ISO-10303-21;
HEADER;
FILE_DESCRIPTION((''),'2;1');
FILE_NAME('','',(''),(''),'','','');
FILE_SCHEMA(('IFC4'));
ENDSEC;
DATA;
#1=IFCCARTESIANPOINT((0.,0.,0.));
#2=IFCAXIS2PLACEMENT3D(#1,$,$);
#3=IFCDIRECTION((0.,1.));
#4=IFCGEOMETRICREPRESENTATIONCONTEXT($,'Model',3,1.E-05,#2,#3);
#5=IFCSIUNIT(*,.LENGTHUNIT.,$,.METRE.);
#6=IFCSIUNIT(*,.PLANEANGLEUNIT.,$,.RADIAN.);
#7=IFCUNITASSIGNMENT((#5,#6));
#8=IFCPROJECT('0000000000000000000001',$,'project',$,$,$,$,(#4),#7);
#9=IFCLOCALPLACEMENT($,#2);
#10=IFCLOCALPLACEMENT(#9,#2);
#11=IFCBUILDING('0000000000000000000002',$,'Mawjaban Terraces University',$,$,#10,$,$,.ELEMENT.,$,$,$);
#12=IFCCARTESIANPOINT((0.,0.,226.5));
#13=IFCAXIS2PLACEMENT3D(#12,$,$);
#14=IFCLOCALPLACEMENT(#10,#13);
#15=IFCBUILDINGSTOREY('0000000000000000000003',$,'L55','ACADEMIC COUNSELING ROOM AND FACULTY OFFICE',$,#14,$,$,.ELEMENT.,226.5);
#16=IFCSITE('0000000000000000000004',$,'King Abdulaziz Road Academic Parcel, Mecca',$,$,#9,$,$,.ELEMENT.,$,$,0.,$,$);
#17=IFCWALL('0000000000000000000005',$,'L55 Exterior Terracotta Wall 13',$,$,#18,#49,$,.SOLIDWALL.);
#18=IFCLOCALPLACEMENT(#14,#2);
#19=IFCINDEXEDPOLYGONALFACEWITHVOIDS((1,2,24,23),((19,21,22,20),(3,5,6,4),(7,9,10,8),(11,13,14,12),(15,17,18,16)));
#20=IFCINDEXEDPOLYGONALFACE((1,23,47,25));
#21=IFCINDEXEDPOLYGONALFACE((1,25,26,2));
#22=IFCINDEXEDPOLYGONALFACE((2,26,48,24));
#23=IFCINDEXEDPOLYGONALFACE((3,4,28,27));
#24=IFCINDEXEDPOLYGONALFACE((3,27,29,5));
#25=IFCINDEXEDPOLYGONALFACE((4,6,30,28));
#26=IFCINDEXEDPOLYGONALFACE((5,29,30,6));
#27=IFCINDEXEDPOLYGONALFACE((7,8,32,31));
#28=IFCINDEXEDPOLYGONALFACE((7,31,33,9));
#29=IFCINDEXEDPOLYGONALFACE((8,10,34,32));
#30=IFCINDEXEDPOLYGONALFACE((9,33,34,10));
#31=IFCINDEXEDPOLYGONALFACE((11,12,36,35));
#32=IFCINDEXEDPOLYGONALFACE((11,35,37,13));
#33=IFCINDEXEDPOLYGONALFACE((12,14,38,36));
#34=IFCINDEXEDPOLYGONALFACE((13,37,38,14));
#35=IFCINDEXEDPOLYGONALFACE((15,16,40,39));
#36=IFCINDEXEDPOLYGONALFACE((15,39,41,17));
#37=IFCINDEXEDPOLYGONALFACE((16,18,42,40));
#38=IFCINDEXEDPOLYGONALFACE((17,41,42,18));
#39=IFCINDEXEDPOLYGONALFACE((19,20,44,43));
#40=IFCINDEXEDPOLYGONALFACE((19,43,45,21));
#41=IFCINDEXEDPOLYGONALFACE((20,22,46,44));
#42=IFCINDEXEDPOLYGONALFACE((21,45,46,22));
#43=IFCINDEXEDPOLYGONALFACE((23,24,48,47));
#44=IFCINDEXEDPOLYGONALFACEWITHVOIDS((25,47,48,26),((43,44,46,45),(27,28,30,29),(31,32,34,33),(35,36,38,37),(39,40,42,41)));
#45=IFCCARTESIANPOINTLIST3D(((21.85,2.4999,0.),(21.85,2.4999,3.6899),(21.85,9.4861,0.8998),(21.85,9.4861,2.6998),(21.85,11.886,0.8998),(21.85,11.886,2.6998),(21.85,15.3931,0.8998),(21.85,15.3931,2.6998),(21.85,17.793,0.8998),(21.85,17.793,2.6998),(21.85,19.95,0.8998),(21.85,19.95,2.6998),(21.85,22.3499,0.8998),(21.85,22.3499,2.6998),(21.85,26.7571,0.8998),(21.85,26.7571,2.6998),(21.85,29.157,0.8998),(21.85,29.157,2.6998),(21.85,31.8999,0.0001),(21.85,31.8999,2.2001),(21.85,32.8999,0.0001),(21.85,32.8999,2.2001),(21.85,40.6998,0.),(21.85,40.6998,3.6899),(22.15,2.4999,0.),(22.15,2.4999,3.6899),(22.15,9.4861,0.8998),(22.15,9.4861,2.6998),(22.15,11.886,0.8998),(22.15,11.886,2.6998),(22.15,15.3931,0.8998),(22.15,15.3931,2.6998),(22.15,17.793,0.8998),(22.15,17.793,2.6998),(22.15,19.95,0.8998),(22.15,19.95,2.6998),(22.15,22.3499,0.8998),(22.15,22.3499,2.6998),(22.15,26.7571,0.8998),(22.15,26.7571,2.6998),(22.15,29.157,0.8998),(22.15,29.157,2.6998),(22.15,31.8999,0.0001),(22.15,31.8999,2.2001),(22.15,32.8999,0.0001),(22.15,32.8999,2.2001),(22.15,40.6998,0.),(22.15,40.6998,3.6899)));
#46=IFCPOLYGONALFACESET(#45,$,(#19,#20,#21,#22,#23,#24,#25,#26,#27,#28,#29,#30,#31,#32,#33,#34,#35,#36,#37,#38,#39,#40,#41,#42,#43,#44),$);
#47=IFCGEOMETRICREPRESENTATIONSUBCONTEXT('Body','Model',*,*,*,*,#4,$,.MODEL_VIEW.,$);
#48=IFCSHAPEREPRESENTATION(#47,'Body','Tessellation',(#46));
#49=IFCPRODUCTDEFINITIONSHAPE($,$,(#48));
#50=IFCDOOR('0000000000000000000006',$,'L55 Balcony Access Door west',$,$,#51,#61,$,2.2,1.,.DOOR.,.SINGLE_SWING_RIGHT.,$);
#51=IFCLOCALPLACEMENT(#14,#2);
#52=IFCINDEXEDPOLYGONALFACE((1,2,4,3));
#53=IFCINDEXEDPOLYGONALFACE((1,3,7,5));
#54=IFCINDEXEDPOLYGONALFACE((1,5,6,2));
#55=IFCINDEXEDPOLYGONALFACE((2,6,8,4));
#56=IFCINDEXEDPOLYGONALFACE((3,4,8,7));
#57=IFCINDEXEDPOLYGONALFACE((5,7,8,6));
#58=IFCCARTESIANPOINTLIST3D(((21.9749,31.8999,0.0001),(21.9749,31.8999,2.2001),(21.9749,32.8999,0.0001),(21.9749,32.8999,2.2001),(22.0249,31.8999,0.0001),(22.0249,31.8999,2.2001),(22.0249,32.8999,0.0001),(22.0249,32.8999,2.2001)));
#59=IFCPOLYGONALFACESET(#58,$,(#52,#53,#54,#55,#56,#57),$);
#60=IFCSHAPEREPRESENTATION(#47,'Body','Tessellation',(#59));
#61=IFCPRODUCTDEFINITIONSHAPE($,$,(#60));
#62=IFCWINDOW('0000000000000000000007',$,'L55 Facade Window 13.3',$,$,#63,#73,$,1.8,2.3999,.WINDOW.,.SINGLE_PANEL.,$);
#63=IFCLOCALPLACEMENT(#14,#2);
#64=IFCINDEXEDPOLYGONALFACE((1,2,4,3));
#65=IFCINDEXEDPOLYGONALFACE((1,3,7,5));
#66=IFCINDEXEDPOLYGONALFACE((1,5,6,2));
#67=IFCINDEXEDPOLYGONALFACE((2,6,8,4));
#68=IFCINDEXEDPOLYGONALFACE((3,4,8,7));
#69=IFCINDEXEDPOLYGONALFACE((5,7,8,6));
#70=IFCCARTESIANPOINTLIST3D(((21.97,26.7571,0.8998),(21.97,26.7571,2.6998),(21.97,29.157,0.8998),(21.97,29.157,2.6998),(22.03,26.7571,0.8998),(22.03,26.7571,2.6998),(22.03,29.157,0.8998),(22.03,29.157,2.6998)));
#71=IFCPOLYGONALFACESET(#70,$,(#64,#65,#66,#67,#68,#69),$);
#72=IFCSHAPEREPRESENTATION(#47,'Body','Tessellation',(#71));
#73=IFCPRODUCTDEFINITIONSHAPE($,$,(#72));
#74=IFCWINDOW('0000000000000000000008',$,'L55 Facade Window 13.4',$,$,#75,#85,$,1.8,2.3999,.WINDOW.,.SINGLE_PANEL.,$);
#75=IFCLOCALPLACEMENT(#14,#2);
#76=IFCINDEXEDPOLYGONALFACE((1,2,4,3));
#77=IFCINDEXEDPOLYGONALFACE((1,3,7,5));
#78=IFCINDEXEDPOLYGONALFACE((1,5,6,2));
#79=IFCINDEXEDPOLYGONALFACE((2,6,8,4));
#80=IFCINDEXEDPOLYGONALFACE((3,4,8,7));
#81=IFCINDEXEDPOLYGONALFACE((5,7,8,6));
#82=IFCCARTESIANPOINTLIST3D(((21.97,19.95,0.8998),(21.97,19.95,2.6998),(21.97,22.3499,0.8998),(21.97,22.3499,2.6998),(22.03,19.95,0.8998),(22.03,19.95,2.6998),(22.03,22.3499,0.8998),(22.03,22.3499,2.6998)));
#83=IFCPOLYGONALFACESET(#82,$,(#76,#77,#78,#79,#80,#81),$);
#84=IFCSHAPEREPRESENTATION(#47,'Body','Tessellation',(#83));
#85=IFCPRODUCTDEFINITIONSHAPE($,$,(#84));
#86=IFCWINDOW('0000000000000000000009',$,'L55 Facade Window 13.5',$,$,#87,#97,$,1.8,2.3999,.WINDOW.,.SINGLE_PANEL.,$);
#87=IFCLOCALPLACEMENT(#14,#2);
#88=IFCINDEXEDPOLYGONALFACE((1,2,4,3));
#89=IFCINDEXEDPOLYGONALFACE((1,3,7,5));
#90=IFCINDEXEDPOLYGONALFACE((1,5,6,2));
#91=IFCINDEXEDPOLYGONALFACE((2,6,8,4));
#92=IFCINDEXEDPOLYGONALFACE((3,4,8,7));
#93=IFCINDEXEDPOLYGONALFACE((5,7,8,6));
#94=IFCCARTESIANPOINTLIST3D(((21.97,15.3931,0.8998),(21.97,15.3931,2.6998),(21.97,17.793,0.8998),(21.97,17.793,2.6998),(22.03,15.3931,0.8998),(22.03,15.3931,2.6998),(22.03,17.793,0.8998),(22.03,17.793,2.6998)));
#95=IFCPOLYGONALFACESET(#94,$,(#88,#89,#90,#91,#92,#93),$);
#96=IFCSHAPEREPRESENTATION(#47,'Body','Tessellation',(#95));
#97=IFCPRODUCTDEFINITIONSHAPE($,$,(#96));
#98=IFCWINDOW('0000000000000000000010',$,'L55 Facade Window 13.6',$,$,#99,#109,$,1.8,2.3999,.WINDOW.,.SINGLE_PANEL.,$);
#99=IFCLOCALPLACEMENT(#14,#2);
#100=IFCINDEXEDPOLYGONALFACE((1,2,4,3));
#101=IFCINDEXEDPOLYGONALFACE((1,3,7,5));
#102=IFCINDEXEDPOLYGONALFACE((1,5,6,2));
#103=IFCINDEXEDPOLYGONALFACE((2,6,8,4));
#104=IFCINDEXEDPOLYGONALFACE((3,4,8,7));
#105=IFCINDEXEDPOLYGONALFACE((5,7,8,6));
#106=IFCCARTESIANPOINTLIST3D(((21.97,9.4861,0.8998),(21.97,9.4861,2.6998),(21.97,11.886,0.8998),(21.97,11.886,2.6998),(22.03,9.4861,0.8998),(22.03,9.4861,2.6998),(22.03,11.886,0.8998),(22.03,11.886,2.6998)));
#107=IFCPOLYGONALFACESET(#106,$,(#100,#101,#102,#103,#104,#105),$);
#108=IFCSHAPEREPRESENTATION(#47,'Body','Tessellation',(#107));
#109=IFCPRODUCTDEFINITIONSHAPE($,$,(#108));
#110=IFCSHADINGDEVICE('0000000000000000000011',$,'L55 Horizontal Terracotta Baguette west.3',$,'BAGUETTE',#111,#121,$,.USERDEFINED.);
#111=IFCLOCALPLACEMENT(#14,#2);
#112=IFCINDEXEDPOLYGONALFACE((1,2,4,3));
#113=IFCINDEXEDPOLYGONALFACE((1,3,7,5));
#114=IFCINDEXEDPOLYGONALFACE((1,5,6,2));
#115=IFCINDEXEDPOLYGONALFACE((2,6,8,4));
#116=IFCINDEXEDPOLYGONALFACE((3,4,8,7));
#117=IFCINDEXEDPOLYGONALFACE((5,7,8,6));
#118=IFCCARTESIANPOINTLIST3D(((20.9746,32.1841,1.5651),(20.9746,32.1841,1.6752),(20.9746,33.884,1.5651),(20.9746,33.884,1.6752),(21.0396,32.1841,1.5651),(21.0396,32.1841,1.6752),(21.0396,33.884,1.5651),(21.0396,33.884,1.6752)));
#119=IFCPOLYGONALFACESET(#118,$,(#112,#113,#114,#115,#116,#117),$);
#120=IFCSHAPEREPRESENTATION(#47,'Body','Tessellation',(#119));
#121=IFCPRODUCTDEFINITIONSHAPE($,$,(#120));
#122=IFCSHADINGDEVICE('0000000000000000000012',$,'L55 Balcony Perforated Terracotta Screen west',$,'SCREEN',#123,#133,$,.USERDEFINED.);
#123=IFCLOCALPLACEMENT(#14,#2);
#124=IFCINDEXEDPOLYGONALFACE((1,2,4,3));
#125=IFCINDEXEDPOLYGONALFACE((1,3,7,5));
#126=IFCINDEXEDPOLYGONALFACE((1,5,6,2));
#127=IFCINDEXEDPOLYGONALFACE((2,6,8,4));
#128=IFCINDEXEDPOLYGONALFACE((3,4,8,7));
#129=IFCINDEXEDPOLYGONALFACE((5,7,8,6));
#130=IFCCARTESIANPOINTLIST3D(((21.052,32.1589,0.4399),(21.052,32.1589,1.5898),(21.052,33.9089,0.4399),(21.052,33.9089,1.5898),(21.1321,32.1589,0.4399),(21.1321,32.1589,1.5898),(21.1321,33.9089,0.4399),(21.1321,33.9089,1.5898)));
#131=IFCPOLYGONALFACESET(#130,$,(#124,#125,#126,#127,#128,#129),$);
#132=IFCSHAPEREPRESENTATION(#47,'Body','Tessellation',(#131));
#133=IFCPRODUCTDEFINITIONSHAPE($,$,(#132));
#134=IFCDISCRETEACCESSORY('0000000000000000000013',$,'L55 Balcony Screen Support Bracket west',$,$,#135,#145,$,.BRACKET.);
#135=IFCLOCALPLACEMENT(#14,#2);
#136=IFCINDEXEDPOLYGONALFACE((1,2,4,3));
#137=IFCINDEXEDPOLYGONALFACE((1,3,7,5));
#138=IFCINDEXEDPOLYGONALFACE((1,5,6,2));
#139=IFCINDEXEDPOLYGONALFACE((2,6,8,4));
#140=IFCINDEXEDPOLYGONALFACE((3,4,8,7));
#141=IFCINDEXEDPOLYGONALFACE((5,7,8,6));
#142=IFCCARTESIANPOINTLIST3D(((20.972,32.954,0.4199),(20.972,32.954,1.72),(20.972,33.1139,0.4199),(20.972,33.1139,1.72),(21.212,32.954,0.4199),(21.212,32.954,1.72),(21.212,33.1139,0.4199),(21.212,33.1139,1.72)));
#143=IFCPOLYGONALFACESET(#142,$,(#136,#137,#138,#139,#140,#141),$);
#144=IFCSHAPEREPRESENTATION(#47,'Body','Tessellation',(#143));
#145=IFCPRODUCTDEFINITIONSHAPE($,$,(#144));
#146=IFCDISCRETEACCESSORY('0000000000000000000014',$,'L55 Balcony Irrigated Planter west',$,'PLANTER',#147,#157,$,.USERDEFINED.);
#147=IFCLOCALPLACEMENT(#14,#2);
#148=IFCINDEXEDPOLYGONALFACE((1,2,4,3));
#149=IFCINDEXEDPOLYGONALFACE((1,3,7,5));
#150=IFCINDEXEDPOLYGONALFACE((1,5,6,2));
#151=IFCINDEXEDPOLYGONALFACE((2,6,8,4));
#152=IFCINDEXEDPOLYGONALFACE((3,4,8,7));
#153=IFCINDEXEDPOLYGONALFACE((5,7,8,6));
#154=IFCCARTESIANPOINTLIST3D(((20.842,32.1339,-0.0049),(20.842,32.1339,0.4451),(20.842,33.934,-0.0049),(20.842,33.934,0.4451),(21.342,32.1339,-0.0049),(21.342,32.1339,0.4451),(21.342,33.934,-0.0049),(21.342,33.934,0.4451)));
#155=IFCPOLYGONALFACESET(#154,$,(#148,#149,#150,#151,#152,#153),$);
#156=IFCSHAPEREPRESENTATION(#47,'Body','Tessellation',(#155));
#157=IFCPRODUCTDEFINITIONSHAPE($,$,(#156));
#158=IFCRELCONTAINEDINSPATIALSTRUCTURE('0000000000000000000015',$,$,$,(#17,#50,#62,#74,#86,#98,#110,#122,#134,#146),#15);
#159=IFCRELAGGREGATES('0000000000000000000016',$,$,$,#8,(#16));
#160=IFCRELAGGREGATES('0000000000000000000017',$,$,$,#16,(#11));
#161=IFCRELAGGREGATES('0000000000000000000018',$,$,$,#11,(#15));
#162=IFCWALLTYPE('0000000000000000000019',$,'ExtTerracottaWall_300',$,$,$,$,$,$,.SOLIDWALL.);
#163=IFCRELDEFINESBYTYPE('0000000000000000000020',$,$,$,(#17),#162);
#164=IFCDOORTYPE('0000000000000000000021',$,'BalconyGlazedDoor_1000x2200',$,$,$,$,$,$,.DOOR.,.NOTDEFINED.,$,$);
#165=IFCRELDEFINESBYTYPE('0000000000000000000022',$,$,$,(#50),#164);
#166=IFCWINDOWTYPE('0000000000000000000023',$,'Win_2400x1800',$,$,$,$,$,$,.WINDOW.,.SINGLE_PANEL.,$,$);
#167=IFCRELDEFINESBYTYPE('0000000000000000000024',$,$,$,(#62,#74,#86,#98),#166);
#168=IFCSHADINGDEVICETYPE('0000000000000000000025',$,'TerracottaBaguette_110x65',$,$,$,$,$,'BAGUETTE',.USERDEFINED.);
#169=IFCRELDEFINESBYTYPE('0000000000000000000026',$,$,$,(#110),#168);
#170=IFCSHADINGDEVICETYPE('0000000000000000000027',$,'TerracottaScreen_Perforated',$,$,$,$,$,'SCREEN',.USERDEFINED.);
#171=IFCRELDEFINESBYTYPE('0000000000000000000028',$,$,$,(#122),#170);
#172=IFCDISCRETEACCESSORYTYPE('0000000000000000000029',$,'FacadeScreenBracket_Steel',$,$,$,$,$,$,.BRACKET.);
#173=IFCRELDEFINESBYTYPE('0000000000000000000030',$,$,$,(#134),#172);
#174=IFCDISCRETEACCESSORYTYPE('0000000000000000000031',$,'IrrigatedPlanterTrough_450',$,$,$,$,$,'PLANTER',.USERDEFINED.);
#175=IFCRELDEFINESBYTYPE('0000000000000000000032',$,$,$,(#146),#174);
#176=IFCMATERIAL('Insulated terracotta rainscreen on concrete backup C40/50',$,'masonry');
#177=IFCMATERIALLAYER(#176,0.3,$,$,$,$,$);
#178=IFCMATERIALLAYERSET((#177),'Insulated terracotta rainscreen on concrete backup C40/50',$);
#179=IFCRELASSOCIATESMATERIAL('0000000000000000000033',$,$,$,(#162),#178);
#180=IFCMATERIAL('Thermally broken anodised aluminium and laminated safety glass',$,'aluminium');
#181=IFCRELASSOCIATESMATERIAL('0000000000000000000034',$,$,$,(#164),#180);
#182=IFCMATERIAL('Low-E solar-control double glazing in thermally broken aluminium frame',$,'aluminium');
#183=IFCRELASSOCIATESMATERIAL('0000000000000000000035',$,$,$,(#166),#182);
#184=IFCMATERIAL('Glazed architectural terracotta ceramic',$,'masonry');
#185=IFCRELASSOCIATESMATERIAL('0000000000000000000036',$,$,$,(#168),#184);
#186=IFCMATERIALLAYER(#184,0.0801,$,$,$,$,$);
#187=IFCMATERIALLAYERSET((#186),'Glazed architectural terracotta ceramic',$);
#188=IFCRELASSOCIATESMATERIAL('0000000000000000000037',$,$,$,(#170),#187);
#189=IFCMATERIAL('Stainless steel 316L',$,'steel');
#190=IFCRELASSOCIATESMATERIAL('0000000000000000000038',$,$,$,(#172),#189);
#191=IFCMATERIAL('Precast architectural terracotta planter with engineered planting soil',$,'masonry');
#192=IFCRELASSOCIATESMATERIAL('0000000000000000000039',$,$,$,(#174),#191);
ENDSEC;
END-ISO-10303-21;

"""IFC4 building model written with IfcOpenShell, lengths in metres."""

from ifc_helpers import new_model, si_unit, direction, frame, frame_2d, origin, origin_2d, place, context, subcontext, project, spatial, rectangle, extrude, material, layer, layer_set, material_profile, profile_set, type_object, element, fill, save


model = new_model("IFC4")

# Units and contexts
model_context = context("Model", 3, precision=1e-05, world=origin(), true_north=direction((0.0, 1.0)))
body_context = subcontext(model_context, "Body", "Model", "MODEL_VIEW")
ifc_project = project(units=[si_unit("LENGTHUNIT", "METRE"), si_unit("PLANEANGLEUNIT", "RADIAN")], contexts=[model_context])

# Site, building, storey
site_placement = place(None, origin())
site = spatial("IfcSite", under=ifc_project, at=site_placement, Name="King Abdulaziz Road Academic Parcel, Mecca", CompositionType="ELEMENT", RefElevation=0.0)
building_placement = place(site_placement, origin())
building = spatial("IfcBuilding", under=site, at=building_placement, Name="Mawjaban Terraces University", CompositionType="ELEMENT")
storey_placement = place(building_placement, frame((0.0, 0.0, 226.5)))
storey = spatial("IfcBuildingStorey", under=building, at=storey_placement, Name="L55", Description="ACADEMIC COUNSELING ROOM AND FACULTY OFFICE", CompositionType="ELEMENT", Elevation=226.5)

# Shared definitions
ifc_material_1 = material(Name="Insulated terracotta rainscreen on concrete backup C40/50", Category="masonry")
ifc_layer_1 = layer(ifc_material_1, 0.3)
ifc_layer_set_1 = layer_set([ifc_layer_1], Name="Insulated terracotta rainscreen on concrete backup C40/50")
wall_type_1 = type_object("IfcWallType", Name="ExtTerracottaWall_300", PredefinedType="SOLIDWALL", material=ifc_layer_set_1)

# Wall, openings, door, windows
wall_1_placement = place(storey_placement, frame((22.0, 40.7, 0.0), z_axis=(0.0, 0.0, 1.0), x_axis=(0.0, -1.0, 0.0)))
wall_1 = element("IfcWall", 1, at=wall_1_placement, inside=storey, type_object=wall_type_1, Name="L55 Exterior Terracotta Wall 13", PredefinedType="SOLIDWALL", context=body_context, shape_type="SweptSolid", body=[
    extrude(rectangle(XDim=38.2, YDim=0.3, at=frame_2d((19.1001, 0.0))), origin(), (0.0, 0.0, 1.0), 3.6899),
])
opening_1_placement = place(wall_1_placement, frame((7.8, 0.0, 0.0)))
opening_1 = element("IfcOpeningElement", 2, at=opening_1_placement, cuts=wall_1, PredefinedType="OPENING", context=body_context, shape_type="SweptSolid", body=[
    extrude(rectangle(XDim=1.0, YDim=2.2, at=frame_2d((0.5, 1.1001))), frame((0.0, 0.1599, 0.0), z_axis=(0.0, -1.0, 0.0), x_axis=(1.0, 0.0, 0.0)), (0.0, 0.0, 1.0), 0.3201),
])
opening_2_placement = place(wall_1_placement, frame((11.543, 0.0, 0.8999)))
opening_2 = element("IfcOpeningElement", 3, at=opening_2_placement, cuts=wall_1, PredefinedType="OPENING", context=body_context, shape_type="SweptSolid", body=[
    extrude(rectangle(XDim=2.3999, YDim=1.8, at=frame_2d((1.2, 0.8999))), frame((0.0, 0.1599, 0.0), z_axis=(0.0, -1.0, 0.0), x_axis=(1.0, 0.0, 0.0)), (0.0, 0.0, 1.0), 0.3201),
])
opening_3_placement = place(wall_1_placement, frame((18.3501, 0.0, 0.8999)))
opening_3 = element("IfcOpeningElement", 4, at=opening_3_placement, cuts=wall_1, PredefinedType="OPENING", context=body_context, shape_type="SweptSolid", body=[
    extrude(rectangle(XDim=2.3999, YDim=1.8, at=frame_2d((1.2, 0.8999))), frame((0.0, 0.1599, 0.0), z_axis=(0.0, -1.0, 0.0), x_axis=(1.0, 0.0, 0.0)), (0.0, 0.0, 1.0), 0.3201),
])
opening_4_placement = place(wall_1_placement, frame((22.907, 0.0, 0.8999)))
opening_4 = element("IfcOpeningElement", 5, at=opening_4_placement, cuts=wall_1, PredefinedType="OPENING", context=body_context, shape_type="SweptSolid", body=[
    extrude(rectangle(XDim=2.3999, YDim=1.8, at=frame_2d((1.2, 0.8999))), frame((0.0, 0.1599, 0.0), z_axis=(0.0, -1.0, 0.0), x_axis=(1.0, 0.0, 0.0)), (0.0, 0.0, 1.0), 0.3201),
])
opening_5_placement = place(wall_1_placement, frame((28.814, 0.0, 0.8999)))
opening_5 = element("IfcOpeningElement", 6, at=opening_5_placement, cuts=wall_1, PredefinedType="OPENING", context=body_context, shape_type="SweptSolid", body=[
    extrude(rectangle(XDim=2.3999, YDim=1.8, at=frame_2d((1.2, 0.8999))), frame((0.0, 0.1599, 0.0), z_axis=(0.0, -1.0, 0.0), x_axis=(1.0, 0.0, 0.0)), (0.0, 0.0, 1.0), 0.3201),
])
ifc_material_2 = material(Name="Thermally broken anodised aluminium and laminated safety glass", Category="aluminium")
door_type_1 = type_object("IfcDoorType", Name="BalconyGlazedDoor_1000x2200", OperationType="NOTDEFINED", PredefinedType="DOOR", material=ifc_material_2)
door_1_placement = place(opening_1_placement, origin())
door_1 = element("IfcDoor", 7, at=door_1_placement, inside=storey, type_object=door_type_1, Name="L55 Balcony Access Door west", OperationType="SINGLE_SWING_RIGHT", OverallHeight=2.2, OverallWidth=1.0, PredefinedType="DOOR", context=body_context, shape_type="SweptSolid", body=[
    extrude(rectangle(XDim=1.0, YDim=2.2, at=frame_2d((0.5, 1.1001))), frame((0.0, 0.0249, 0.0), z_axis=(0.0, -1.0, 0.0), x_axis=(1.0, 0.0, 0.0)), (0.0, 0.0, 1.0), 0.05),
])
fill(opening_1, door_1)
ifc_material_3 = material(Name="Low-E solar-control double glazing in thermally broken aluminium frame", Category="aluminium")
window_type = type_object("IfcWindowType", Name="Win_2400x1800", PartitioningType="SINGLE_PANEL", PredefinedType="WINDOW", material=ifc_material_3)
window_1_placement = place(opening_2_placement, origin())
window_1 = element("IfcWindow", 8, at=window_1_placement, inside=storey, type_object=window_type, Name="L55 Facade Window 13.3", OverallHeight=1.8, OverallWidth=2.3999, PartitioningType="SINGLE_PANEL", PredefinedType="WINDOW", context=body_context, shape_type="SweptSolid", body=[
    extrude(rectangle(XDim=2.3999, YDim=1.8, at=frame_2d((1.2, 0.8999))), frame((0.0, 0.03, 0.0), z_axis=(0.0, -1.0, 0.0), x_axis=(1.0, 0.0, 0.0)), (0.0, 0.0, 1.0), 0.0601),
])
fill(opening_2, window_1)
window_2_placement = place(opening_3_placement, origin())
window_2 = element("IfcWindow", 9, at=window_2_placement, inside=storey, type_object=window_type, Name="L55 Facade Window 13.4", OverallHeight=1.8, OverallWidth=2.3999, PartitioningType="SINGLE_PANEL", PredefinedType="WINDOW", context=body_context, shape_type="SweptSolid", body=[
    extrude(rectangle(XDim=2.3999, YDim=1.8, at=frame_2d((1.2, 0.8999))), frame((0.0, 0.03, 0.0), z_axis=(0.0, -1.0, 0.0), x_axis=(1.0, 0.0, 0.0)), (0.0, 0.0, 1.0), 0.0601),
])
fill(opening_3, window_2)
window_3_placement = place(opening_4_placement, origin())
window_3 = element("IfcWindow", 10, at=window_3_placement, inside=storey, type_object=window_type, Name="L55 Facade Window 13.5", OverallHeight=1.8, OverallWidth=2.3999, PartitioningType="SINGLE_PANEL", PredefinedType="WINDOW", context=body_context, shape_type="SweptSolid", body=[
    extrude(rectangle(XDim=2.3999, YDim=1.8, at=frame_2d((1.2, 0.8999))), frame((0.0, 0.03, 0.0), z_axis=(0.0, -1.0, 0.0), x_axis=(1.0, 0.0, 0.0)), (0.0, 0.0, 1.0), 0.0601),
])
fill(opening_4, window_3)
window_4_placement = place(opening_5_placement, origin())
window_4 = element("IfcWindow", 11, at=window_4_placement, inside=storey, type_object=window_type, Name="L55 Facade Window 13.6", OverallHeight=1.8, OverallWidth=2.3999, PartitioningType="SINGLE_PANEL", PredefinedType="WINDOW", context=body_context, shape_type="SweptSolid", body=[
    extrude(rectangle(XDim=2.3999, YDim=1.8, at=frame_2d((1.2, 0.8999))), frame((0.0, 0.03, 0.0), z_axis=(0.0, -1.0, 0.0), x_axis=(1.0, 0.0, 0.0)), (0.0, 0.0, 1.0), 0.0601),
])
fill(opening_5, window_4)

# Shading devices
ifc_material_4 = material(Name="Glazed architectural terracotta ceramic", Category="masonry")
ifc_material_profile_1 = material_profile(ifc_material_4, rectangle(XDim=0.0649, YDim=0.1101, at=origin_2d()), Name="TBAG110X65")
ifc_profile_set_1 = profile_set([ifc_material_profile_1], Name="Glazed architectural terracotta ceramic")
shading_device_type_1 = type_object("IfcShadingDeviceType", Name="TerracottaBaguette_110x65", ElementType="BAGUETTE", PredefinedType="USERDEFINED", material=ifc_profile_set_1)
shading_device_1_placement = place(storey_placement, frame((21.0071, 32.1841, 1.6201), z_axis=(0.0, 1.0, 0.0), x_axis=(-1.0, 0.0, 0.0)))
element("IfcShadingDevice", 12, at=shading_device_1_placement, inside=storey, type_object=shading_device_type_1, Name="L55 Horizontal Terracotta Baguette west.3", ObjectType="BAGUETTE", PredefinedType="USERDEFINED", context=body_context, shape_type="SweptSolid", body=[
    extrude(rectangle(XDim=0.0649, YDim=0.1101, at=origin_2d()), origin(), (0.0, 0.0, 1.0), 1.7),
])
ifc_layer_2 = layer(ifc_material_4, 0.0801)
ifc_layer_set_2 = layer_set([ifc_layer_2], Name="Glazed architectural terracotta ceramic")
shading_device_type_2 = type_object("IfcShadingDeviceType", Name="TerracottaScreen_Perforated", ElementType="SCREEN", PredefinedType="USERDEFINED", material=ifc_layer_set_2)
shading_device_2_placement = place(storey_placement, frame((21.092, 33.0339, 0.4399), z_axis=(0.0, 0.0, 1.0), x_axis=(0.0, 1.0, 0.0)))
element("IfcShadingDevice", 13, at=shading_device_2_placement, inside=storey, type_object=shading_device_type_2, Name="L55 Balcony Perforated Terracotta Screen west", ObjectType="SCREEN", PredefinedType="USERDEFINED", context=body_context, shape_type="SweptSolid", body=[
    extrude(rectangle(XDim=1.75, YDim=0.0801, at=origin_2d()), origin(), (0.0, 0.0, 1.0), 1.1499),
])

# Discrete accessories
ifc_material_5 = material(Name="Stainless steel 316L", Category="steel")
discrete_accessory_type_1 = type_object("IfcDiscreteAccessoryType", Name="FacadeScreenBracket_Steel", PredefinedType="BRACKET", material=ifc_material_5)
discrete_accessory_1_placement = place(storey_placement, frame((21.092, 33.0339, 0.4199), z_axis=(0.0, 0.0, 1.0), x_axis=(0.0, 1.0, 0.0)))
element("IfcDiscreteAccessory", 14, at=discrete_accessory_1_placement, inside=storey, type_object=discrete_accessory_type_1, Name="L55 Balcony Screen Support Bracket west", PredefinedType="BRACKET", context=body_context, shape_type="SweptSolid", body=[
    extrude(rectangle(XDim=0.1599, YDim=0.24, at=origin_2d()), origin(), (0.0, 0.0, 1.0), 1.3),
])
ifc_material_6 = material(Name="Precast architectural terracotta planter with engineered planting soil", Category="masonry")
discrete_accessory_type_2 = type_object("IfcDiscreteAccessoryType", Name="IrrigatedPlanterTrough_450", ElementType="PLANTER", PredefinedType="USERDEFINED", material=ifc_material_6)
discrete_accessory_2_placement = place(storey_placement, frame((21.092, 33.0339, -0.0049), z_axis=(0.0, 0.0, 1.0), x_axis=(0.0, 1.0, 0.0)))
element("IfcDiscreteAccessory", 15, at=discrete_accessory_2_placement, inside=storey, type_object=discrete_accessory_type_2, Name="L55 Balcony Irrigated Planter west", ObjectType="PLANTER", PredefinedType="USERDEFINED", context=body_context, shape_type="SweptSolid", body=[
    extrude(rectangle(XDim=1.8, YDim=0.5, at=origin_2d()), origin(), (0.0, 0.0, 1.0), 0.45),
])

save(model, "model.ifc")
